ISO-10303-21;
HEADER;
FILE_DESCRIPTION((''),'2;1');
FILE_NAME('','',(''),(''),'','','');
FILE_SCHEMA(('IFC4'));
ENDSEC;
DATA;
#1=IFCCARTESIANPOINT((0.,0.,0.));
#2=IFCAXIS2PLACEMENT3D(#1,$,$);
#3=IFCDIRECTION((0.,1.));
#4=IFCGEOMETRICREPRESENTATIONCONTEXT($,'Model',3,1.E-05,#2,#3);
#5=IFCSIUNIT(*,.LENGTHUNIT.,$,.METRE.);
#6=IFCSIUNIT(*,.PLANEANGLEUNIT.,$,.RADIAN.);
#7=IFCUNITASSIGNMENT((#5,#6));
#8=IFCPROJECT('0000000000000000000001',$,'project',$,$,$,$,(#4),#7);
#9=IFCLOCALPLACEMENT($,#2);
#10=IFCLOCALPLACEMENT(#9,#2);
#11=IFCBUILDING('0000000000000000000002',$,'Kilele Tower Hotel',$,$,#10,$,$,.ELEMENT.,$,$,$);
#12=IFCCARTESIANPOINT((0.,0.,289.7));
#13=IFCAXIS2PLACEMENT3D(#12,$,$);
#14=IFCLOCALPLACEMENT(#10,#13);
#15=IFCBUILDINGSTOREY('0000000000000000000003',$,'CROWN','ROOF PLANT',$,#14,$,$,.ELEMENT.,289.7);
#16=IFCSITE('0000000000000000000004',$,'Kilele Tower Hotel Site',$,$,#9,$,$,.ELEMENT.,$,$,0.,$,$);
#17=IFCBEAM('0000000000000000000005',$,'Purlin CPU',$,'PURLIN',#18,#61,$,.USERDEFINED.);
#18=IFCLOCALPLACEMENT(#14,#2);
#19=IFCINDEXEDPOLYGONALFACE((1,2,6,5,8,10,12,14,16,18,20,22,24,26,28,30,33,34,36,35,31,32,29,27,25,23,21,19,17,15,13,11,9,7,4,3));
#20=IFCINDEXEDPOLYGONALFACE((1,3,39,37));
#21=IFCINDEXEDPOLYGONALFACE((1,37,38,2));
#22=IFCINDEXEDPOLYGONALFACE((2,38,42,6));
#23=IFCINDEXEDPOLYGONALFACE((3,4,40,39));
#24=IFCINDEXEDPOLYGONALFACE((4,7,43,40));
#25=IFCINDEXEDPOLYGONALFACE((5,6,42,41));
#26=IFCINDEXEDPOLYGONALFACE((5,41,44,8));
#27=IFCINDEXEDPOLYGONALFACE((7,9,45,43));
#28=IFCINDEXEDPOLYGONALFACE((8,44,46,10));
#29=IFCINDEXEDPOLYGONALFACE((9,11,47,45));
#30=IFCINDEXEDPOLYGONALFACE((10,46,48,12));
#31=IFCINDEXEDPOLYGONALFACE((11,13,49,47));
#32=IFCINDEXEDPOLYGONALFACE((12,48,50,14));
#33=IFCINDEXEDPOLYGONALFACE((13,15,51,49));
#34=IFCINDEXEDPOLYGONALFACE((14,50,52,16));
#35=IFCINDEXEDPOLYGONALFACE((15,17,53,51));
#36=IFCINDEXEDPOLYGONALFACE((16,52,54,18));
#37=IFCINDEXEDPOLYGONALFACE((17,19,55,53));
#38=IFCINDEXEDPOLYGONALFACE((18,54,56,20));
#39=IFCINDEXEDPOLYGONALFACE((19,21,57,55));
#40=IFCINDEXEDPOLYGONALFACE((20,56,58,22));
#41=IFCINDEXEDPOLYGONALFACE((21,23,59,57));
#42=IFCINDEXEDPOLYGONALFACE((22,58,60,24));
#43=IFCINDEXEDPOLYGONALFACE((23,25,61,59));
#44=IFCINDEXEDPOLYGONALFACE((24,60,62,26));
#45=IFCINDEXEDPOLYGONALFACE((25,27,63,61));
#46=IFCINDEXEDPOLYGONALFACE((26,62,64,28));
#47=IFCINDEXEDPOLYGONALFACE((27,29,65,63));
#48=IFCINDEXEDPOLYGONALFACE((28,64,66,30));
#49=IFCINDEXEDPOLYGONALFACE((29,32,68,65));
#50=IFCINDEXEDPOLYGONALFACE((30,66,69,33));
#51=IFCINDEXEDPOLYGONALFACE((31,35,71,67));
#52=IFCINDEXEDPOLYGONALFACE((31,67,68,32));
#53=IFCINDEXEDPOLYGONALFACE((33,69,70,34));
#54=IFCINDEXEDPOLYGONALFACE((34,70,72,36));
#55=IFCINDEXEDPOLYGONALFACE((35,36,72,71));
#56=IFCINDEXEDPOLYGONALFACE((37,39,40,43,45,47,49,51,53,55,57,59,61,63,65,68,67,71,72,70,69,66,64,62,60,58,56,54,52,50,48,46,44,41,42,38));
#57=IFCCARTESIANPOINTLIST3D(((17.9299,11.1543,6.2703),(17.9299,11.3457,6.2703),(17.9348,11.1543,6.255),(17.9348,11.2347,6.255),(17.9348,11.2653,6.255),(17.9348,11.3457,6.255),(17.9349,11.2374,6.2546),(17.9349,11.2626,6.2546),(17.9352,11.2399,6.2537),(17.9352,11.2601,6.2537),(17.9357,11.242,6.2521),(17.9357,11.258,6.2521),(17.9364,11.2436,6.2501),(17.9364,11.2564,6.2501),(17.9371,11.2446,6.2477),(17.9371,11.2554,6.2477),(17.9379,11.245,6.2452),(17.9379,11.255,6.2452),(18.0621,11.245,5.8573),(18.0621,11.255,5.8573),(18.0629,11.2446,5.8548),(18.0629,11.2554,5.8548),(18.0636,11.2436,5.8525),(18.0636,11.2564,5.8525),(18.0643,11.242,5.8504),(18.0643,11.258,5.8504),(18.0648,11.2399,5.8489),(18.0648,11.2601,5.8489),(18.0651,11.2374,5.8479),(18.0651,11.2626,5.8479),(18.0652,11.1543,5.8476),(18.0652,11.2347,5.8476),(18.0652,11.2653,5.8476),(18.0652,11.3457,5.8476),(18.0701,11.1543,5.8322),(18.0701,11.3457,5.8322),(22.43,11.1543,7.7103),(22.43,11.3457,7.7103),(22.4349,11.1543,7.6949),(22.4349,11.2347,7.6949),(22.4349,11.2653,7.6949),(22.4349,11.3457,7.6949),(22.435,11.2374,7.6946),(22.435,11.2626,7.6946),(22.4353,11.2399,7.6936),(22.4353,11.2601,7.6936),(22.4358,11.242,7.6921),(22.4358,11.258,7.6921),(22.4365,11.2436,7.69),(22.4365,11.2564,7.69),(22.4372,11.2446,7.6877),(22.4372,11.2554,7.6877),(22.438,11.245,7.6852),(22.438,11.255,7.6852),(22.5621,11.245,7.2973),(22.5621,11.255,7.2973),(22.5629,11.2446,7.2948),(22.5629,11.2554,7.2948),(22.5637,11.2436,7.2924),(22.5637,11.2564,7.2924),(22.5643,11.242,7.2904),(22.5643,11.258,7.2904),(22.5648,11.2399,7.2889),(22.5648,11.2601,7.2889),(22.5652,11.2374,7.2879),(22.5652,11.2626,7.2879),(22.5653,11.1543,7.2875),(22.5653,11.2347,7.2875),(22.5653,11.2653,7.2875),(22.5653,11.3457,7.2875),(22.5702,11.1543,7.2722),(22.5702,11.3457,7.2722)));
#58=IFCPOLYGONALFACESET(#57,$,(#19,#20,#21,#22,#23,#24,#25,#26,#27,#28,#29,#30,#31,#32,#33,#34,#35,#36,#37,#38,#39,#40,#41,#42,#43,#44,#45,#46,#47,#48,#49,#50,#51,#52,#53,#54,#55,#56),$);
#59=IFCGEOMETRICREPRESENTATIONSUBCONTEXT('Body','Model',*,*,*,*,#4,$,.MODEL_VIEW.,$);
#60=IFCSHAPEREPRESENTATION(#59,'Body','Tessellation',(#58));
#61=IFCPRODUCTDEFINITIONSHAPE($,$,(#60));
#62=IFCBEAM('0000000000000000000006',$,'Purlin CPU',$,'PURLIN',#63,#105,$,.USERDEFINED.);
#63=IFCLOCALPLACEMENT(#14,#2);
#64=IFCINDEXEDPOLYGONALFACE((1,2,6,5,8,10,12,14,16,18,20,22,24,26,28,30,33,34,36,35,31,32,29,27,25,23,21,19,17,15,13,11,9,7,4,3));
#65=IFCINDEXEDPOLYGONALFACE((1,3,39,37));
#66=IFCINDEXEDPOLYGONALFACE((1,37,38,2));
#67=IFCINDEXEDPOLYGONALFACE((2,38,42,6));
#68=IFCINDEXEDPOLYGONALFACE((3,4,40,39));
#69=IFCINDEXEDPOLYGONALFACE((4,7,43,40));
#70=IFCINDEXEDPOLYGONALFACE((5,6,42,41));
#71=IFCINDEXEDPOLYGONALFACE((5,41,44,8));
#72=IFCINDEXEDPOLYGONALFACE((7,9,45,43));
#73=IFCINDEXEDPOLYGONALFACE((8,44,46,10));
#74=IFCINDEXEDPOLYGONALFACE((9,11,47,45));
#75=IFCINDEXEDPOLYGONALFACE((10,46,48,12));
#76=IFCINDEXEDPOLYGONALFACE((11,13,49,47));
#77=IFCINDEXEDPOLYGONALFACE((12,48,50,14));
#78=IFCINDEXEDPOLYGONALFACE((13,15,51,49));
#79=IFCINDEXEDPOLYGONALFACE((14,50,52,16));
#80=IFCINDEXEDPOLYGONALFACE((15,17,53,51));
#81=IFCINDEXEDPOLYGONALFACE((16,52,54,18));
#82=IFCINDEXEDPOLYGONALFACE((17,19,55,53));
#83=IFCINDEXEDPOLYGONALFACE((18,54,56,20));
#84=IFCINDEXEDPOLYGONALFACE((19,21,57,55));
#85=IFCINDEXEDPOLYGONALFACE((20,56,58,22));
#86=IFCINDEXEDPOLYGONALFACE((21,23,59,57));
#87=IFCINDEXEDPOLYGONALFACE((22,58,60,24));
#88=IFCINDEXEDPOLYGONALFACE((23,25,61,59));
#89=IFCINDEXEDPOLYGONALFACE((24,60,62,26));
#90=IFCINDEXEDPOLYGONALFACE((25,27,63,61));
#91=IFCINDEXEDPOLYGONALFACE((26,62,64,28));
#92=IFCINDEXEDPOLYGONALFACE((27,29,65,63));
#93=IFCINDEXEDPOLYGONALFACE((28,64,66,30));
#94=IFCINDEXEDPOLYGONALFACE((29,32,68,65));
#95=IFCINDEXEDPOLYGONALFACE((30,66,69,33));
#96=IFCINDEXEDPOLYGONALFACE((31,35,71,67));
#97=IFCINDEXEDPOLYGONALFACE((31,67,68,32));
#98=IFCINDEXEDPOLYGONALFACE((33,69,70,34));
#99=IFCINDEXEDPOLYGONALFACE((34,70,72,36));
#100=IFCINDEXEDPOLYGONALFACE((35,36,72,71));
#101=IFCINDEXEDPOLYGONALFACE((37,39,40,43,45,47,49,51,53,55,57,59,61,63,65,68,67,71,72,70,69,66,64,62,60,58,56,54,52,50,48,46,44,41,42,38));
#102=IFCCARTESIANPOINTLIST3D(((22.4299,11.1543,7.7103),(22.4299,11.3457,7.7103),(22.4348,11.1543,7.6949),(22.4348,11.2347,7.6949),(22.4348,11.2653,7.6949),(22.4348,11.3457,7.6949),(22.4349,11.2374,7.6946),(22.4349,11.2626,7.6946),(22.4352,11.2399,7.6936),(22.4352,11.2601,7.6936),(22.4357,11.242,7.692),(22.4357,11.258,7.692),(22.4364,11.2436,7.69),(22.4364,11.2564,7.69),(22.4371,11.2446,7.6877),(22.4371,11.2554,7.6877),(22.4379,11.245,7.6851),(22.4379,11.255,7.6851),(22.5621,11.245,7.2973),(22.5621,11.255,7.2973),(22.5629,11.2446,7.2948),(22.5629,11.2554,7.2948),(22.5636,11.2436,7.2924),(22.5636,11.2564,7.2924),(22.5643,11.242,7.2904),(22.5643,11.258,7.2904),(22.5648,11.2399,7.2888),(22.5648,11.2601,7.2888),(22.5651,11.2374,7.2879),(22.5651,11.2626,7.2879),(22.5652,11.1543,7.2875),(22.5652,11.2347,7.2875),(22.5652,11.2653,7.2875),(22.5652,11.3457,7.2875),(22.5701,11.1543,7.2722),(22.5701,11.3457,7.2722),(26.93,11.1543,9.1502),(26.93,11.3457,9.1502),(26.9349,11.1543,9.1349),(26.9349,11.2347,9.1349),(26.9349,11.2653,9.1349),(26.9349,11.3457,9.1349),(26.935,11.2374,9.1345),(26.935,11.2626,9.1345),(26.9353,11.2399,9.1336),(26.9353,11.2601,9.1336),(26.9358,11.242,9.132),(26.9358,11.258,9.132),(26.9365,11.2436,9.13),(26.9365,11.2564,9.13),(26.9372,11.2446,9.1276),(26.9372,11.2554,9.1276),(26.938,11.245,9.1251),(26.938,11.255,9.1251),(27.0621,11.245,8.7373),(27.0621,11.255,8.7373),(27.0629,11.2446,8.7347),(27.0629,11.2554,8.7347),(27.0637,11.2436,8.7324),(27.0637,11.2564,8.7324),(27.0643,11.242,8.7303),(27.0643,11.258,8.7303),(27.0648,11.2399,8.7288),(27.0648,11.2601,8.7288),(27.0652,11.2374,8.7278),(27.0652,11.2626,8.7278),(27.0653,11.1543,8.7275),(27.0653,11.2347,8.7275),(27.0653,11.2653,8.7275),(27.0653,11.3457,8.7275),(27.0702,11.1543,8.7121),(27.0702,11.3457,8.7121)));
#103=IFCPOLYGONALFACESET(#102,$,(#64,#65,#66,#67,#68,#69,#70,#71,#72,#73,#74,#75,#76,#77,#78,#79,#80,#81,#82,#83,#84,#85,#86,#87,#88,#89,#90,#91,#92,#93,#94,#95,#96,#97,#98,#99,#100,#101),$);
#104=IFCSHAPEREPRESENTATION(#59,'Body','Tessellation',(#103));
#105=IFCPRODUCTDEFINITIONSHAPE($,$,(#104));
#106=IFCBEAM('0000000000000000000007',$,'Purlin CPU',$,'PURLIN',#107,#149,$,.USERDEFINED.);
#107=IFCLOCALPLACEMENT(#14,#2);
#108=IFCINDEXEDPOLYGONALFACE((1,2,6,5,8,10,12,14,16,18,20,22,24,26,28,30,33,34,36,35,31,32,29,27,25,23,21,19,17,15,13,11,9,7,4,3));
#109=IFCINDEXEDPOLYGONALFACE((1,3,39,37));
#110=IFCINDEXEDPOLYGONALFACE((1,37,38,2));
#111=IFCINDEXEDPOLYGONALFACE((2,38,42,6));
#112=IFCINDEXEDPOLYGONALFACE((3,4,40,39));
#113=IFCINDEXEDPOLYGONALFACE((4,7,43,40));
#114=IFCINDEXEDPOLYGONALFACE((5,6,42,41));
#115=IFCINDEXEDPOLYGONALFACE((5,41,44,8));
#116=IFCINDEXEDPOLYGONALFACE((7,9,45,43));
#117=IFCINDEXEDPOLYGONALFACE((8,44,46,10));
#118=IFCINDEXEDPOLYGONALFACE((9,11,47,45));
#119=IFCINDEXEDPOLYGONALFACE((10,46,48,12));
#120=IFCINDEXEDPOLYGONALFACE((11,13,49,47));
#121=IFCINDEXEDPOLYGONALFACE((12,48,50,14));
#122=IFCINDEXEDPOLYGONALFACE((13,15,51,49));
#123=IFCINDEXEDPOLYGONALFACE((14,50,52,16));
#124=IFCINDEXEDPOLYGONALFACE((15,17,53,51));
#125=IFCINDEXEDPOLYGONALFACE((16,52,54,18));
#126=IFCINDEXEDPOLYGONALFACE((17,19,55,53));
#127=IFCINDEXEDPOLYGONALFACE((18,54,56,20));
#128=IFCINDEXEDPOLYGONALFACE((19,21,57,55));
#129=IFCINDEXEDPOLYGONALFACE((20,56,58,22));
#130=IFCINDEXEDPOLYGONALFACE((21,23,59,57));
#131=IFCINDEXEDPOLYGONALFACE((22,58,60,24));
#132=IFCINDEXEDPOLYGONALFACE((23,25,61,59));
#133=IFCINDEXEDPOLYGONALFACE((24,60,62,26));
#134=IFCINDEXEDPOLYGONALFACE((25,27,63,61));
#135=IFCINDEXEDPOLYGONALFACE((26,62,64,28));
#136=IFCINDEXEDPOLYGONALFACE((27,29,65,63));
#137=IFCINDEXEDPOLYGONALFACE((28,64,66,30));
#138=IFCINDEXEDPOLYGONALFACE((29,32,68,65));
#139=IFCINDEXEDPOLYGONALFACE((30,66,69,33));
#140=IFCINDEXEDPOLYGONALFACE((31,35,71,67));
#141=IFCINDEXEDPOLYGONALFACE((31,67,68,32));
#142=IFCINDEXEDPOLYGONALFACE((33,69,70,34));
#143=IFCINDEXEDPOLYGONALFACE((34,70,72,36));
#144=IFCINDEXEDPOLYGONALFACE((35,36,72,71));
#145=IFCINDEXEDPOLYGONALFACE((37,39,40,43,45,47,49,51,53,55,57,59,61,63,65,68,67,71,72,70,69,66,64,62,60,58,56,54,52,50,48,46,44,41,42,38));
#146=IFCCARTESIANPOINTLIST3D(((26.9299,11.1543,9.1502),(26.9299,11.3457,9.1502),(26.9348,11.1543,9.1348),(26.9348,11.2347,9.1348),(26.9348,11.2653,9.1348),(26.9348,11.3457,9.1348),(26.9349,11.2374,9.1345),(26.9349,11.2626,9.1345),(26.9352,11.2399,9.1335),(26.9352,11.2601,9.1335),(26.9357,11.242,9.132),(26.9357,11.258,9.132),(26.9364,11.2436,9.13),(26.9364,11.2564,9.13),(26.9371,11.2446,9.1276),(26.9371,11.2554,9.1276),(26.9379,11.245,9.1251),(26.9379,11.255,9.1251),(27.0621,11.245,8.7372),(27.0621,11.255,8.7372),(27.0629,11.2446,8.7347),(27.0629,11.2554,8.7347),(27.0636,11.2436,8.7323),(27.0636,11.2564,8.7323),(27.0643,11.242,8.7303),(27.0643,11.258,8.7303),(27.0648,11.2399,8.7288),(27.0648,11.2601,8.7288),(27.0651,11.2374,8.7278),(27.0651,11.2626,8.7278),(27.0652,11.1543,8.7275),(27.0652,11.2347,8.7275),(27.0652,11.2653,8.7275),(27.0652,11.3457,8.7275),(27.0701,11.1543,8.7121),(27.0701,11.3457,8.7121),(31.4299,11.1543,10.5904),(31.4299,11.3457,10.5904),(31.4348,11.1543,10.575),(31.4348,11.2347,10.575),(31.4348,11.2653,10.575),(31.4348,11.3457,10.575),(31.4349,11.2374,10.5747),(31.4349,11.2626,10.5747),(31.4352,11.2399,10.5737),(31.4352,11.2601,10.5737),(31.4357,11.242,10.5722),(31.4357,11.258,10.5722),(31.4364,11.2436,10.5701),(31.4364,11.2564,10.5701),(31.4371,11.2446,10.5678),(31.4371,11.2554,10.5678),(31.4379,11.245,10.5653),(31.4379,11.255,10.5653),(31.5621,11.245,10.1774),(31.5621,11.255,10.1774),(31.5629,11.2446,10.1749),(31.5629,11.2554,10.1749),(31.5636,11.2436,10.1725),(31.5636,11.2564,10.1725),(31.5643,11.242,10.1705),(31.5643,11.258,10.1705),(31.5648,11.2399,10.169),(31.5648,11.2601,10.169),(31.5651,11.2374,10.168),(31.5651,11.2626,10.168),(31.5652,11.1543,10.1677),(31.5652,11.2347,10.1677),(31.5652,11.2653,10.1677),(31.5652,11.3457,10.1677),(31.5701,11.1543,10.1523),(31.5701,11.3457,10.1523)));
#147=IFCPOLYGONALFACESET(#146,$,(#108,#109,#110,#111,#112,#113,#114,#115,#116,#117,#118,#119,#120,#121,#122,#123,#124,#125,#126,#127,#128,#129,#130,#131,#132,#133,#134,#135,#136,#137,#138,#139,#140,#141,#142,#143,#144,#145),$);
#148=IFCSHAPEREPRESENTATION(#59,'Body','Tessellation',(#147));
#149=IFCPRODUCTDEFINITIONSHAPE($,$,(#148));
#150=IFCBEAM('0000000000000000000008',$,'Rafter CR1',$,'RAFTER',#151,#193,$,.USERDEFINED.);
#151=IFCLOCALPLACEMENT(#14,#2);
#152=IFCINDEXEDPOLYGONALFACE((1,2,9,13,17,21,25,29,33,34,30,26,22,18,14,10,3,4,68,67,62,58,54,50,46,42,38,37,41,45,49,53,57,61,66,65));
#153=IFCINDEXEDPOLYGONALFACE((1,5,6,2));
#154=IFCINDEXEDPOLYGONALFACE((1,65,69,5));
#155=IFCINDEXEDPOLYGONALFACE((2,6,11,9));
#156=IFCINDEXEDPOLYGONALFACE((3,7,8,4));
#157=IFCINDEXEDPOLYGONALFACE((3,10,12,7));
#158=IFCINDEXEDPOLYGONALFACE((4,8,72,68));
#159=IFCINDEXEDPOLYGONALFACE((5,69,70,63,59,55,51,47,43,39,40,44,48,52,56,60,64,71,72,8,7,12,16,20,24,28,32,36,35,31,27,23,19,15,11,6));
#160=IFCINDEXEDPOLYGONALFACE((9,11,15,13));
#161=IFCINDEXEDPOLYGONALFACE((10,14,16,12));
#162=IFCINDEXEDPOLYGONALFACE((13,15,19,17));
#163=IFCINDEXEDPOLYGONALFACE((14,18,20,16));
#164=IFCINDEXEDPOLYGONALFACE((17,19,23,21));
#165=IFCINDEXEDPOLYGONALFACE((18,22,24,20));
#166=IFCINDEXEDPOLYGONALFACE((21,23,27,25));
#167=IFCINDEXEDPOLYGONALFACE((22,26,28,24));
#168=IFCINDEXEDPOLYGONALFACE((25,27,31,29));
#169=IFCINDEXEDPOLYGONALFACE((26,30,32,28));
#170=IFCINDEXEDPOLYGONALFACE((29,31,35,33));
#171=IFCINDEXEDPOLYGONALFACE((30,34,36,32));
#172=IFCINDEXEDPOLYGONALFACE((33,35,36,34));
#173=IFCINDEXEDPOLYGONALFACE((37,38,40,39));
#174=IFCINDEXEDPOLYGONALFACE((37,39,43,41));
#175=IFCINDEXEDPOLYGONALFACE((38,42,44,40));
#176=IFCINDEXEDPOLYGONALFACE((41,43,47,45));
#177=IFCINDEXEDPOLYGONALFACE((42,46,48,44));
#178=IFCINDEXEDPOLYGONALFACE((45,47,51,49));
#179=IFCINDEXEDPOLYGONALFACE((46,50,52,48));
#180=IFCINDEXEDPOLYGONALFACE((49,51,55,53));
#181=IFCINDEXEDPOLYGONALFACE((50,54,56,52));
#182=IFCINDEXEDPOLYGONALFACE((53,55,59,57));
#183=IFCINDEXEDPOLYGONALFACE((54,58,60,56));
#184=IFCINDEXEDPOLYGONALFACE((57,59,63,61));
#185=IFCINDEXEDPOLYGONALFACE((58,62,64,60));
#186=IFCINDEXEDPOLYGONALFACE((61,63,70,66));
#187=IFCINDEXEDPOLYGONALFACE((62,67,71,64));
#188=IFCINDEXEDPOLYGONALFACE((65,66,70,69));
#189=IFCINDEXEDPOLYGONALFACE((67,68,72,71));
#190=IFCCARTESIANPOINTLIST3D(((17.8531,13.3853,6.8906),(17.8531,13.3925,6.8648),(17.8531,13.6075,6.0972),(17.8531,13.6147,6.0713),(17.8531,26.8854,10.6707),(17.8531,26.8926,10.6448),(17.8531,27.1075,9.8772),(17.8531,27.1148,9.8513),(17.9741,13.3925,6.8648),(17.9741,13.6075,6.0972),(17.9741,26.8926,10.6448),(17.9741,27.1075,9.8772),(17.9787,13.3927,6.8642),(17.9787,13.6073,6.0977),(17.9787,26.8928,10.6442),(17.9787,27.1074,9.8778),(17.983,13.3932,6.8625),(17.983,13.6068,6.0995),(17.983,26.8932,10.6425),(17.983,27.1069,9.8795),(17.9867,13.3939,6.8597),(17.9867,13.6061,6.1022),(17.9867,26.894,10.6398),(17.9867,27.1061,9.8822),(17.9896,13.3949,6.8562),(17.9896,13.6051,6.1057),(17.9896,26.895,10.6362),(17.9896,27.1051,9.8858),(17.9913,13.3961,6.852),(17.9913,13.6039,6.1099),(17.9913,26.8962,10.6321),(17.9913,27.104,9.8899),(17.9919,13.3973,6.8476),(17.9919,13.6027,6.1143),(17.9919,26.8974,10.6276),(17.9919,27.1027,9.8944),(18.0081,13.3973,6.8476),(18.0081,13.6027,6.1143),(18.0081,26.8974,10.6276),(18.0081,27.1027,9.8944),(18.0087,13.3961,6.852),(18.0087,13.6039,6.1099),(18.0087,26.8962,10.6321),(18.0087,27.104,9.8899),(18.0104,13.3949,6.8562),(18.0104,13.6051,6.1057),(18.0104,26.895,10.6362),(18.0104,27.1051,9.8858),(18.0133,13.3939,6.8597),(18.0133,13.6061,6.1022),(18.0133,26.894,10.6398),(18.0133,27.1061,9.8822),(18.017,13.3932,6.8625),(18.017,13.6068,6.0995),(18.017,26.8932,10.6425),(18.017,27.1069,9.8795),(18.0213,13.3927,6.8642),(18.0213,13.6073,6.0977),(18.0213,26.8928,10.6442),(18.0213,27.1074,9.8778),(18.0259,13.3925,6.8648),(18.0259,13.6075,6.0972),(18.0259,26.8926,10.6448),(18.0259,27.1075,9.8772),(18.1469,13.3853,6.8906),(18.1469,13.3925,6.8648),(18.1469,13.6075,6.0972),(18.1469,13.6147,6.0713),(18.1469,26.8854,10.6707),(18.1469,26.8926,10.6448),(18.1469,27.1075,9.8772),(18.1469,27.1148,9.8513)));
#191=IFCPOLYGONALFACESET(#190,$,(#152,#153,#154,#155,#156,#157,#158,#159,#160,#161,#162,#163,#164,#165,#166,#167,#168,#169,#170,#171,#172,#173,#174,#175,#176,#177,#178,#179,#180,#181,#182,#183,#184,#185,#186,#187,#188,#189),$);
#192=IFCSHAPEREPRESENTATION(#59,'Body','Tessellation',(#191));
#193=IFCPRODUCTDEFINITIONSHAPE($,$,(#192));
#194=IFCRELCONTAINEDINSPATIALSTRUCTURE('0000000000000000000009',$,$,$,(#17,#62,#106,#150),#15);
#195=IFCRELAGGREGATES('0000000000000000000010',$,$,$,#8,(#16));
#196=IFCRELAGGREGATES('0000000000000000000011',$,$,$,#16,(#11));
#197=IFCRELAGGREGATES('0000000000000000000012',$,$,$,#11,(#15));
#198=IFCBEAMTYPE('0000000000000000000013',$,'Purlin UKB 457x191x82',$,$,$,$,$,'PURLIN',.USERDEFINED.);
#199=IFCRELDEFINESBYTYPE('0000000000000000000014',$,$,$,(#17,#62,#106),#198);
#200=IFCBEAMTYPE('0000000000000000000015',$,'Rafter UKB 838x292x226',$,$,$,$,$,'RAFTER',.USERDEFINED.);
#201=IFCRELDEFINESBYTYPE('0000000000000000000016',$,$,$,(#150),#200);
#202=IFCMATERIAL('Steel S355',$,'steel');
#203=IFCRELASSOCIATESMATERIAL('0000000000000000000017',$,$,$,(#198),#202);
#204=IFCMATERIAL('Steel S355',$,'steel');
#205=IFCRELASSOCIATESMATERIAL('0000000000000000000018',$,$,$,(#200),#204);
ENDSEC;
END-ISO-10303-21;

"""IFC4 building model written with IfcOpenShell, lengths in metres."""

from ifc_helpers import new_model, si_unit, direction, frame, origin, origin_2d, place, context, subcontext, project, spatial, i_section, extrude, material, material_profile, profile_set, type_object, element, save


model = new_model("IFC4")

# Units and contexts
model_context = context("Model", 3, precision=1e-05, world=origin(), true_north=direction((0.0, 1.0)))
body_context = subcontext(model_context, "Body", "Model", "MODEL_VIEW")
ifc_project = project(units=[si_unit("LENGTHUNIT", "METRE"), si_unit("PLANEANGLEUNIT", "RADIAN")], contexts=[model_context])

# Site, building, storey
site_placement = place(None, origin())
site = spatial("IfcSite", under=ifc_project, at=site_placement, Name="Kilele Tower Hotel Site", CompositionType="ELEMENT", RefElevation=0.0)
building_placement = place(site_placement, origin())
building = spatial("IfcBuilding", under=site, at=building_placement, Name="Kilele Tower Hotel", CompositionType="ELEMENT")
storey_placement = place(building_placement, frame((0.0, 0.0, 289.7)))
storey = spatial("IfcBuildingStorey", under=building, at=storey_placement, Name="CROWN", Description="ROOF PLANT", CompositionType="ELEMENT", Elevation=289.7)

# Beams
ifc_material_1 = material(Name="Steel S355", Category="steel")
ifc_material_profile_1 = material_profile(ifc_material_1, i_section(OverallWidth=0.1914, OverallDepth=0.46, WebThickness=0.01, FlangeThickness=0.0161, FilletRadius=0.0103, at=origin_2d()))
ifc_profile_set_1 = profile_set([ifc_material_profile_1], Name="Steel S355")
beam_type_1 = type_object("IfcBeamType", Name="Purlin UKB 457x191x82", ElementType="PURLIN", PredefinedType="USERDEFINED", material=ifc_profile_set_1)
for number, where, z_axis, x_axis, name in (
    (1, (18.0, 11.25, 6.0513), (0.952428, 0.0, 0.304764), (0.0, 1.0, 0.0), "Purlin CPU"),
    (2, (22.5, 11.25, 7.4912), (0.952428, 0.0, 0.304764), (0.0, 1.0, 0.0), "Purlin CPU"),
    (3, (27.0, 11.25, 8.9312), (0.952413, 0.0, 0.304811), (0.0, 1.0, 0.0), "Purlin CPU"),
):
    element("IfcBeam", number, at=place(storey_placement, frame(where, z_axis=z_axis, x_axis=x_axis)), inside=storey, type_object=beam_type_1, Name=name, ObjectType="PURLIN", PredefinedType="USERDEFINED", context=body_context, shape_type="SweptSolid", body=[
        extrude(i_section(OverallWidth=0.1914, OverallDepth=0.46, WebThickness=0.01, FlangeThickness=0.0161, FilletRadius=0.0103, at=origin_2d()), origin(), (0.0, 0.0, 1.0), 4.7249),
    ])
ifc_material_2 = material(Name="Steel S355", Category="steel")
ifc_material_profile_2 = material_profile(ifc_material_2, i_section(OverallWidth=0.2937, OverallDepth=0.8508, WebThickness=0.0161, FlangeThickness=0.0269, FilletRadius=0.0178, at=origin_2d()))
ifc_profile_set_2 = profile_set([ifc_material_profile_2], Name="Steel S355")
beam_type_2 = type_object("IfcBeamType", Name="Rafter UKB 838x292x226", ElementType="RAFTER", PredefinedType="USERDEFINED", material=ifc_profile_set_2)
for number, where, z_axis, x_axis, name in (
    (4, (18.0, 13.5, 6.481), (0.0, 0.962963, 0.269632), (-1.0, 0.0, 0.0), "Rafter CR1"),
):
    element("IfcBeam", number, at=place(storey_placement, frame(where, z_axis=z_axis, x_axis=x_axis)), inside=storey, type_object=beam_type_2, Name=name, ObjectType="RAFTER", PredefinedType="USERDEFINED", context=body_context, shape_type="SweptSolid", body=[
        extrude(i_section(OverallWidth=0.2937, OverallDepth=0.8508, WebThickness=0.0161, FlangeThickness=0.0269, FilletRadius=0.0178, at=origin_2d()), origin(), (0.0, 0.0, 1.0), 14.0193),
    ])

save(model, "model.ifc")
